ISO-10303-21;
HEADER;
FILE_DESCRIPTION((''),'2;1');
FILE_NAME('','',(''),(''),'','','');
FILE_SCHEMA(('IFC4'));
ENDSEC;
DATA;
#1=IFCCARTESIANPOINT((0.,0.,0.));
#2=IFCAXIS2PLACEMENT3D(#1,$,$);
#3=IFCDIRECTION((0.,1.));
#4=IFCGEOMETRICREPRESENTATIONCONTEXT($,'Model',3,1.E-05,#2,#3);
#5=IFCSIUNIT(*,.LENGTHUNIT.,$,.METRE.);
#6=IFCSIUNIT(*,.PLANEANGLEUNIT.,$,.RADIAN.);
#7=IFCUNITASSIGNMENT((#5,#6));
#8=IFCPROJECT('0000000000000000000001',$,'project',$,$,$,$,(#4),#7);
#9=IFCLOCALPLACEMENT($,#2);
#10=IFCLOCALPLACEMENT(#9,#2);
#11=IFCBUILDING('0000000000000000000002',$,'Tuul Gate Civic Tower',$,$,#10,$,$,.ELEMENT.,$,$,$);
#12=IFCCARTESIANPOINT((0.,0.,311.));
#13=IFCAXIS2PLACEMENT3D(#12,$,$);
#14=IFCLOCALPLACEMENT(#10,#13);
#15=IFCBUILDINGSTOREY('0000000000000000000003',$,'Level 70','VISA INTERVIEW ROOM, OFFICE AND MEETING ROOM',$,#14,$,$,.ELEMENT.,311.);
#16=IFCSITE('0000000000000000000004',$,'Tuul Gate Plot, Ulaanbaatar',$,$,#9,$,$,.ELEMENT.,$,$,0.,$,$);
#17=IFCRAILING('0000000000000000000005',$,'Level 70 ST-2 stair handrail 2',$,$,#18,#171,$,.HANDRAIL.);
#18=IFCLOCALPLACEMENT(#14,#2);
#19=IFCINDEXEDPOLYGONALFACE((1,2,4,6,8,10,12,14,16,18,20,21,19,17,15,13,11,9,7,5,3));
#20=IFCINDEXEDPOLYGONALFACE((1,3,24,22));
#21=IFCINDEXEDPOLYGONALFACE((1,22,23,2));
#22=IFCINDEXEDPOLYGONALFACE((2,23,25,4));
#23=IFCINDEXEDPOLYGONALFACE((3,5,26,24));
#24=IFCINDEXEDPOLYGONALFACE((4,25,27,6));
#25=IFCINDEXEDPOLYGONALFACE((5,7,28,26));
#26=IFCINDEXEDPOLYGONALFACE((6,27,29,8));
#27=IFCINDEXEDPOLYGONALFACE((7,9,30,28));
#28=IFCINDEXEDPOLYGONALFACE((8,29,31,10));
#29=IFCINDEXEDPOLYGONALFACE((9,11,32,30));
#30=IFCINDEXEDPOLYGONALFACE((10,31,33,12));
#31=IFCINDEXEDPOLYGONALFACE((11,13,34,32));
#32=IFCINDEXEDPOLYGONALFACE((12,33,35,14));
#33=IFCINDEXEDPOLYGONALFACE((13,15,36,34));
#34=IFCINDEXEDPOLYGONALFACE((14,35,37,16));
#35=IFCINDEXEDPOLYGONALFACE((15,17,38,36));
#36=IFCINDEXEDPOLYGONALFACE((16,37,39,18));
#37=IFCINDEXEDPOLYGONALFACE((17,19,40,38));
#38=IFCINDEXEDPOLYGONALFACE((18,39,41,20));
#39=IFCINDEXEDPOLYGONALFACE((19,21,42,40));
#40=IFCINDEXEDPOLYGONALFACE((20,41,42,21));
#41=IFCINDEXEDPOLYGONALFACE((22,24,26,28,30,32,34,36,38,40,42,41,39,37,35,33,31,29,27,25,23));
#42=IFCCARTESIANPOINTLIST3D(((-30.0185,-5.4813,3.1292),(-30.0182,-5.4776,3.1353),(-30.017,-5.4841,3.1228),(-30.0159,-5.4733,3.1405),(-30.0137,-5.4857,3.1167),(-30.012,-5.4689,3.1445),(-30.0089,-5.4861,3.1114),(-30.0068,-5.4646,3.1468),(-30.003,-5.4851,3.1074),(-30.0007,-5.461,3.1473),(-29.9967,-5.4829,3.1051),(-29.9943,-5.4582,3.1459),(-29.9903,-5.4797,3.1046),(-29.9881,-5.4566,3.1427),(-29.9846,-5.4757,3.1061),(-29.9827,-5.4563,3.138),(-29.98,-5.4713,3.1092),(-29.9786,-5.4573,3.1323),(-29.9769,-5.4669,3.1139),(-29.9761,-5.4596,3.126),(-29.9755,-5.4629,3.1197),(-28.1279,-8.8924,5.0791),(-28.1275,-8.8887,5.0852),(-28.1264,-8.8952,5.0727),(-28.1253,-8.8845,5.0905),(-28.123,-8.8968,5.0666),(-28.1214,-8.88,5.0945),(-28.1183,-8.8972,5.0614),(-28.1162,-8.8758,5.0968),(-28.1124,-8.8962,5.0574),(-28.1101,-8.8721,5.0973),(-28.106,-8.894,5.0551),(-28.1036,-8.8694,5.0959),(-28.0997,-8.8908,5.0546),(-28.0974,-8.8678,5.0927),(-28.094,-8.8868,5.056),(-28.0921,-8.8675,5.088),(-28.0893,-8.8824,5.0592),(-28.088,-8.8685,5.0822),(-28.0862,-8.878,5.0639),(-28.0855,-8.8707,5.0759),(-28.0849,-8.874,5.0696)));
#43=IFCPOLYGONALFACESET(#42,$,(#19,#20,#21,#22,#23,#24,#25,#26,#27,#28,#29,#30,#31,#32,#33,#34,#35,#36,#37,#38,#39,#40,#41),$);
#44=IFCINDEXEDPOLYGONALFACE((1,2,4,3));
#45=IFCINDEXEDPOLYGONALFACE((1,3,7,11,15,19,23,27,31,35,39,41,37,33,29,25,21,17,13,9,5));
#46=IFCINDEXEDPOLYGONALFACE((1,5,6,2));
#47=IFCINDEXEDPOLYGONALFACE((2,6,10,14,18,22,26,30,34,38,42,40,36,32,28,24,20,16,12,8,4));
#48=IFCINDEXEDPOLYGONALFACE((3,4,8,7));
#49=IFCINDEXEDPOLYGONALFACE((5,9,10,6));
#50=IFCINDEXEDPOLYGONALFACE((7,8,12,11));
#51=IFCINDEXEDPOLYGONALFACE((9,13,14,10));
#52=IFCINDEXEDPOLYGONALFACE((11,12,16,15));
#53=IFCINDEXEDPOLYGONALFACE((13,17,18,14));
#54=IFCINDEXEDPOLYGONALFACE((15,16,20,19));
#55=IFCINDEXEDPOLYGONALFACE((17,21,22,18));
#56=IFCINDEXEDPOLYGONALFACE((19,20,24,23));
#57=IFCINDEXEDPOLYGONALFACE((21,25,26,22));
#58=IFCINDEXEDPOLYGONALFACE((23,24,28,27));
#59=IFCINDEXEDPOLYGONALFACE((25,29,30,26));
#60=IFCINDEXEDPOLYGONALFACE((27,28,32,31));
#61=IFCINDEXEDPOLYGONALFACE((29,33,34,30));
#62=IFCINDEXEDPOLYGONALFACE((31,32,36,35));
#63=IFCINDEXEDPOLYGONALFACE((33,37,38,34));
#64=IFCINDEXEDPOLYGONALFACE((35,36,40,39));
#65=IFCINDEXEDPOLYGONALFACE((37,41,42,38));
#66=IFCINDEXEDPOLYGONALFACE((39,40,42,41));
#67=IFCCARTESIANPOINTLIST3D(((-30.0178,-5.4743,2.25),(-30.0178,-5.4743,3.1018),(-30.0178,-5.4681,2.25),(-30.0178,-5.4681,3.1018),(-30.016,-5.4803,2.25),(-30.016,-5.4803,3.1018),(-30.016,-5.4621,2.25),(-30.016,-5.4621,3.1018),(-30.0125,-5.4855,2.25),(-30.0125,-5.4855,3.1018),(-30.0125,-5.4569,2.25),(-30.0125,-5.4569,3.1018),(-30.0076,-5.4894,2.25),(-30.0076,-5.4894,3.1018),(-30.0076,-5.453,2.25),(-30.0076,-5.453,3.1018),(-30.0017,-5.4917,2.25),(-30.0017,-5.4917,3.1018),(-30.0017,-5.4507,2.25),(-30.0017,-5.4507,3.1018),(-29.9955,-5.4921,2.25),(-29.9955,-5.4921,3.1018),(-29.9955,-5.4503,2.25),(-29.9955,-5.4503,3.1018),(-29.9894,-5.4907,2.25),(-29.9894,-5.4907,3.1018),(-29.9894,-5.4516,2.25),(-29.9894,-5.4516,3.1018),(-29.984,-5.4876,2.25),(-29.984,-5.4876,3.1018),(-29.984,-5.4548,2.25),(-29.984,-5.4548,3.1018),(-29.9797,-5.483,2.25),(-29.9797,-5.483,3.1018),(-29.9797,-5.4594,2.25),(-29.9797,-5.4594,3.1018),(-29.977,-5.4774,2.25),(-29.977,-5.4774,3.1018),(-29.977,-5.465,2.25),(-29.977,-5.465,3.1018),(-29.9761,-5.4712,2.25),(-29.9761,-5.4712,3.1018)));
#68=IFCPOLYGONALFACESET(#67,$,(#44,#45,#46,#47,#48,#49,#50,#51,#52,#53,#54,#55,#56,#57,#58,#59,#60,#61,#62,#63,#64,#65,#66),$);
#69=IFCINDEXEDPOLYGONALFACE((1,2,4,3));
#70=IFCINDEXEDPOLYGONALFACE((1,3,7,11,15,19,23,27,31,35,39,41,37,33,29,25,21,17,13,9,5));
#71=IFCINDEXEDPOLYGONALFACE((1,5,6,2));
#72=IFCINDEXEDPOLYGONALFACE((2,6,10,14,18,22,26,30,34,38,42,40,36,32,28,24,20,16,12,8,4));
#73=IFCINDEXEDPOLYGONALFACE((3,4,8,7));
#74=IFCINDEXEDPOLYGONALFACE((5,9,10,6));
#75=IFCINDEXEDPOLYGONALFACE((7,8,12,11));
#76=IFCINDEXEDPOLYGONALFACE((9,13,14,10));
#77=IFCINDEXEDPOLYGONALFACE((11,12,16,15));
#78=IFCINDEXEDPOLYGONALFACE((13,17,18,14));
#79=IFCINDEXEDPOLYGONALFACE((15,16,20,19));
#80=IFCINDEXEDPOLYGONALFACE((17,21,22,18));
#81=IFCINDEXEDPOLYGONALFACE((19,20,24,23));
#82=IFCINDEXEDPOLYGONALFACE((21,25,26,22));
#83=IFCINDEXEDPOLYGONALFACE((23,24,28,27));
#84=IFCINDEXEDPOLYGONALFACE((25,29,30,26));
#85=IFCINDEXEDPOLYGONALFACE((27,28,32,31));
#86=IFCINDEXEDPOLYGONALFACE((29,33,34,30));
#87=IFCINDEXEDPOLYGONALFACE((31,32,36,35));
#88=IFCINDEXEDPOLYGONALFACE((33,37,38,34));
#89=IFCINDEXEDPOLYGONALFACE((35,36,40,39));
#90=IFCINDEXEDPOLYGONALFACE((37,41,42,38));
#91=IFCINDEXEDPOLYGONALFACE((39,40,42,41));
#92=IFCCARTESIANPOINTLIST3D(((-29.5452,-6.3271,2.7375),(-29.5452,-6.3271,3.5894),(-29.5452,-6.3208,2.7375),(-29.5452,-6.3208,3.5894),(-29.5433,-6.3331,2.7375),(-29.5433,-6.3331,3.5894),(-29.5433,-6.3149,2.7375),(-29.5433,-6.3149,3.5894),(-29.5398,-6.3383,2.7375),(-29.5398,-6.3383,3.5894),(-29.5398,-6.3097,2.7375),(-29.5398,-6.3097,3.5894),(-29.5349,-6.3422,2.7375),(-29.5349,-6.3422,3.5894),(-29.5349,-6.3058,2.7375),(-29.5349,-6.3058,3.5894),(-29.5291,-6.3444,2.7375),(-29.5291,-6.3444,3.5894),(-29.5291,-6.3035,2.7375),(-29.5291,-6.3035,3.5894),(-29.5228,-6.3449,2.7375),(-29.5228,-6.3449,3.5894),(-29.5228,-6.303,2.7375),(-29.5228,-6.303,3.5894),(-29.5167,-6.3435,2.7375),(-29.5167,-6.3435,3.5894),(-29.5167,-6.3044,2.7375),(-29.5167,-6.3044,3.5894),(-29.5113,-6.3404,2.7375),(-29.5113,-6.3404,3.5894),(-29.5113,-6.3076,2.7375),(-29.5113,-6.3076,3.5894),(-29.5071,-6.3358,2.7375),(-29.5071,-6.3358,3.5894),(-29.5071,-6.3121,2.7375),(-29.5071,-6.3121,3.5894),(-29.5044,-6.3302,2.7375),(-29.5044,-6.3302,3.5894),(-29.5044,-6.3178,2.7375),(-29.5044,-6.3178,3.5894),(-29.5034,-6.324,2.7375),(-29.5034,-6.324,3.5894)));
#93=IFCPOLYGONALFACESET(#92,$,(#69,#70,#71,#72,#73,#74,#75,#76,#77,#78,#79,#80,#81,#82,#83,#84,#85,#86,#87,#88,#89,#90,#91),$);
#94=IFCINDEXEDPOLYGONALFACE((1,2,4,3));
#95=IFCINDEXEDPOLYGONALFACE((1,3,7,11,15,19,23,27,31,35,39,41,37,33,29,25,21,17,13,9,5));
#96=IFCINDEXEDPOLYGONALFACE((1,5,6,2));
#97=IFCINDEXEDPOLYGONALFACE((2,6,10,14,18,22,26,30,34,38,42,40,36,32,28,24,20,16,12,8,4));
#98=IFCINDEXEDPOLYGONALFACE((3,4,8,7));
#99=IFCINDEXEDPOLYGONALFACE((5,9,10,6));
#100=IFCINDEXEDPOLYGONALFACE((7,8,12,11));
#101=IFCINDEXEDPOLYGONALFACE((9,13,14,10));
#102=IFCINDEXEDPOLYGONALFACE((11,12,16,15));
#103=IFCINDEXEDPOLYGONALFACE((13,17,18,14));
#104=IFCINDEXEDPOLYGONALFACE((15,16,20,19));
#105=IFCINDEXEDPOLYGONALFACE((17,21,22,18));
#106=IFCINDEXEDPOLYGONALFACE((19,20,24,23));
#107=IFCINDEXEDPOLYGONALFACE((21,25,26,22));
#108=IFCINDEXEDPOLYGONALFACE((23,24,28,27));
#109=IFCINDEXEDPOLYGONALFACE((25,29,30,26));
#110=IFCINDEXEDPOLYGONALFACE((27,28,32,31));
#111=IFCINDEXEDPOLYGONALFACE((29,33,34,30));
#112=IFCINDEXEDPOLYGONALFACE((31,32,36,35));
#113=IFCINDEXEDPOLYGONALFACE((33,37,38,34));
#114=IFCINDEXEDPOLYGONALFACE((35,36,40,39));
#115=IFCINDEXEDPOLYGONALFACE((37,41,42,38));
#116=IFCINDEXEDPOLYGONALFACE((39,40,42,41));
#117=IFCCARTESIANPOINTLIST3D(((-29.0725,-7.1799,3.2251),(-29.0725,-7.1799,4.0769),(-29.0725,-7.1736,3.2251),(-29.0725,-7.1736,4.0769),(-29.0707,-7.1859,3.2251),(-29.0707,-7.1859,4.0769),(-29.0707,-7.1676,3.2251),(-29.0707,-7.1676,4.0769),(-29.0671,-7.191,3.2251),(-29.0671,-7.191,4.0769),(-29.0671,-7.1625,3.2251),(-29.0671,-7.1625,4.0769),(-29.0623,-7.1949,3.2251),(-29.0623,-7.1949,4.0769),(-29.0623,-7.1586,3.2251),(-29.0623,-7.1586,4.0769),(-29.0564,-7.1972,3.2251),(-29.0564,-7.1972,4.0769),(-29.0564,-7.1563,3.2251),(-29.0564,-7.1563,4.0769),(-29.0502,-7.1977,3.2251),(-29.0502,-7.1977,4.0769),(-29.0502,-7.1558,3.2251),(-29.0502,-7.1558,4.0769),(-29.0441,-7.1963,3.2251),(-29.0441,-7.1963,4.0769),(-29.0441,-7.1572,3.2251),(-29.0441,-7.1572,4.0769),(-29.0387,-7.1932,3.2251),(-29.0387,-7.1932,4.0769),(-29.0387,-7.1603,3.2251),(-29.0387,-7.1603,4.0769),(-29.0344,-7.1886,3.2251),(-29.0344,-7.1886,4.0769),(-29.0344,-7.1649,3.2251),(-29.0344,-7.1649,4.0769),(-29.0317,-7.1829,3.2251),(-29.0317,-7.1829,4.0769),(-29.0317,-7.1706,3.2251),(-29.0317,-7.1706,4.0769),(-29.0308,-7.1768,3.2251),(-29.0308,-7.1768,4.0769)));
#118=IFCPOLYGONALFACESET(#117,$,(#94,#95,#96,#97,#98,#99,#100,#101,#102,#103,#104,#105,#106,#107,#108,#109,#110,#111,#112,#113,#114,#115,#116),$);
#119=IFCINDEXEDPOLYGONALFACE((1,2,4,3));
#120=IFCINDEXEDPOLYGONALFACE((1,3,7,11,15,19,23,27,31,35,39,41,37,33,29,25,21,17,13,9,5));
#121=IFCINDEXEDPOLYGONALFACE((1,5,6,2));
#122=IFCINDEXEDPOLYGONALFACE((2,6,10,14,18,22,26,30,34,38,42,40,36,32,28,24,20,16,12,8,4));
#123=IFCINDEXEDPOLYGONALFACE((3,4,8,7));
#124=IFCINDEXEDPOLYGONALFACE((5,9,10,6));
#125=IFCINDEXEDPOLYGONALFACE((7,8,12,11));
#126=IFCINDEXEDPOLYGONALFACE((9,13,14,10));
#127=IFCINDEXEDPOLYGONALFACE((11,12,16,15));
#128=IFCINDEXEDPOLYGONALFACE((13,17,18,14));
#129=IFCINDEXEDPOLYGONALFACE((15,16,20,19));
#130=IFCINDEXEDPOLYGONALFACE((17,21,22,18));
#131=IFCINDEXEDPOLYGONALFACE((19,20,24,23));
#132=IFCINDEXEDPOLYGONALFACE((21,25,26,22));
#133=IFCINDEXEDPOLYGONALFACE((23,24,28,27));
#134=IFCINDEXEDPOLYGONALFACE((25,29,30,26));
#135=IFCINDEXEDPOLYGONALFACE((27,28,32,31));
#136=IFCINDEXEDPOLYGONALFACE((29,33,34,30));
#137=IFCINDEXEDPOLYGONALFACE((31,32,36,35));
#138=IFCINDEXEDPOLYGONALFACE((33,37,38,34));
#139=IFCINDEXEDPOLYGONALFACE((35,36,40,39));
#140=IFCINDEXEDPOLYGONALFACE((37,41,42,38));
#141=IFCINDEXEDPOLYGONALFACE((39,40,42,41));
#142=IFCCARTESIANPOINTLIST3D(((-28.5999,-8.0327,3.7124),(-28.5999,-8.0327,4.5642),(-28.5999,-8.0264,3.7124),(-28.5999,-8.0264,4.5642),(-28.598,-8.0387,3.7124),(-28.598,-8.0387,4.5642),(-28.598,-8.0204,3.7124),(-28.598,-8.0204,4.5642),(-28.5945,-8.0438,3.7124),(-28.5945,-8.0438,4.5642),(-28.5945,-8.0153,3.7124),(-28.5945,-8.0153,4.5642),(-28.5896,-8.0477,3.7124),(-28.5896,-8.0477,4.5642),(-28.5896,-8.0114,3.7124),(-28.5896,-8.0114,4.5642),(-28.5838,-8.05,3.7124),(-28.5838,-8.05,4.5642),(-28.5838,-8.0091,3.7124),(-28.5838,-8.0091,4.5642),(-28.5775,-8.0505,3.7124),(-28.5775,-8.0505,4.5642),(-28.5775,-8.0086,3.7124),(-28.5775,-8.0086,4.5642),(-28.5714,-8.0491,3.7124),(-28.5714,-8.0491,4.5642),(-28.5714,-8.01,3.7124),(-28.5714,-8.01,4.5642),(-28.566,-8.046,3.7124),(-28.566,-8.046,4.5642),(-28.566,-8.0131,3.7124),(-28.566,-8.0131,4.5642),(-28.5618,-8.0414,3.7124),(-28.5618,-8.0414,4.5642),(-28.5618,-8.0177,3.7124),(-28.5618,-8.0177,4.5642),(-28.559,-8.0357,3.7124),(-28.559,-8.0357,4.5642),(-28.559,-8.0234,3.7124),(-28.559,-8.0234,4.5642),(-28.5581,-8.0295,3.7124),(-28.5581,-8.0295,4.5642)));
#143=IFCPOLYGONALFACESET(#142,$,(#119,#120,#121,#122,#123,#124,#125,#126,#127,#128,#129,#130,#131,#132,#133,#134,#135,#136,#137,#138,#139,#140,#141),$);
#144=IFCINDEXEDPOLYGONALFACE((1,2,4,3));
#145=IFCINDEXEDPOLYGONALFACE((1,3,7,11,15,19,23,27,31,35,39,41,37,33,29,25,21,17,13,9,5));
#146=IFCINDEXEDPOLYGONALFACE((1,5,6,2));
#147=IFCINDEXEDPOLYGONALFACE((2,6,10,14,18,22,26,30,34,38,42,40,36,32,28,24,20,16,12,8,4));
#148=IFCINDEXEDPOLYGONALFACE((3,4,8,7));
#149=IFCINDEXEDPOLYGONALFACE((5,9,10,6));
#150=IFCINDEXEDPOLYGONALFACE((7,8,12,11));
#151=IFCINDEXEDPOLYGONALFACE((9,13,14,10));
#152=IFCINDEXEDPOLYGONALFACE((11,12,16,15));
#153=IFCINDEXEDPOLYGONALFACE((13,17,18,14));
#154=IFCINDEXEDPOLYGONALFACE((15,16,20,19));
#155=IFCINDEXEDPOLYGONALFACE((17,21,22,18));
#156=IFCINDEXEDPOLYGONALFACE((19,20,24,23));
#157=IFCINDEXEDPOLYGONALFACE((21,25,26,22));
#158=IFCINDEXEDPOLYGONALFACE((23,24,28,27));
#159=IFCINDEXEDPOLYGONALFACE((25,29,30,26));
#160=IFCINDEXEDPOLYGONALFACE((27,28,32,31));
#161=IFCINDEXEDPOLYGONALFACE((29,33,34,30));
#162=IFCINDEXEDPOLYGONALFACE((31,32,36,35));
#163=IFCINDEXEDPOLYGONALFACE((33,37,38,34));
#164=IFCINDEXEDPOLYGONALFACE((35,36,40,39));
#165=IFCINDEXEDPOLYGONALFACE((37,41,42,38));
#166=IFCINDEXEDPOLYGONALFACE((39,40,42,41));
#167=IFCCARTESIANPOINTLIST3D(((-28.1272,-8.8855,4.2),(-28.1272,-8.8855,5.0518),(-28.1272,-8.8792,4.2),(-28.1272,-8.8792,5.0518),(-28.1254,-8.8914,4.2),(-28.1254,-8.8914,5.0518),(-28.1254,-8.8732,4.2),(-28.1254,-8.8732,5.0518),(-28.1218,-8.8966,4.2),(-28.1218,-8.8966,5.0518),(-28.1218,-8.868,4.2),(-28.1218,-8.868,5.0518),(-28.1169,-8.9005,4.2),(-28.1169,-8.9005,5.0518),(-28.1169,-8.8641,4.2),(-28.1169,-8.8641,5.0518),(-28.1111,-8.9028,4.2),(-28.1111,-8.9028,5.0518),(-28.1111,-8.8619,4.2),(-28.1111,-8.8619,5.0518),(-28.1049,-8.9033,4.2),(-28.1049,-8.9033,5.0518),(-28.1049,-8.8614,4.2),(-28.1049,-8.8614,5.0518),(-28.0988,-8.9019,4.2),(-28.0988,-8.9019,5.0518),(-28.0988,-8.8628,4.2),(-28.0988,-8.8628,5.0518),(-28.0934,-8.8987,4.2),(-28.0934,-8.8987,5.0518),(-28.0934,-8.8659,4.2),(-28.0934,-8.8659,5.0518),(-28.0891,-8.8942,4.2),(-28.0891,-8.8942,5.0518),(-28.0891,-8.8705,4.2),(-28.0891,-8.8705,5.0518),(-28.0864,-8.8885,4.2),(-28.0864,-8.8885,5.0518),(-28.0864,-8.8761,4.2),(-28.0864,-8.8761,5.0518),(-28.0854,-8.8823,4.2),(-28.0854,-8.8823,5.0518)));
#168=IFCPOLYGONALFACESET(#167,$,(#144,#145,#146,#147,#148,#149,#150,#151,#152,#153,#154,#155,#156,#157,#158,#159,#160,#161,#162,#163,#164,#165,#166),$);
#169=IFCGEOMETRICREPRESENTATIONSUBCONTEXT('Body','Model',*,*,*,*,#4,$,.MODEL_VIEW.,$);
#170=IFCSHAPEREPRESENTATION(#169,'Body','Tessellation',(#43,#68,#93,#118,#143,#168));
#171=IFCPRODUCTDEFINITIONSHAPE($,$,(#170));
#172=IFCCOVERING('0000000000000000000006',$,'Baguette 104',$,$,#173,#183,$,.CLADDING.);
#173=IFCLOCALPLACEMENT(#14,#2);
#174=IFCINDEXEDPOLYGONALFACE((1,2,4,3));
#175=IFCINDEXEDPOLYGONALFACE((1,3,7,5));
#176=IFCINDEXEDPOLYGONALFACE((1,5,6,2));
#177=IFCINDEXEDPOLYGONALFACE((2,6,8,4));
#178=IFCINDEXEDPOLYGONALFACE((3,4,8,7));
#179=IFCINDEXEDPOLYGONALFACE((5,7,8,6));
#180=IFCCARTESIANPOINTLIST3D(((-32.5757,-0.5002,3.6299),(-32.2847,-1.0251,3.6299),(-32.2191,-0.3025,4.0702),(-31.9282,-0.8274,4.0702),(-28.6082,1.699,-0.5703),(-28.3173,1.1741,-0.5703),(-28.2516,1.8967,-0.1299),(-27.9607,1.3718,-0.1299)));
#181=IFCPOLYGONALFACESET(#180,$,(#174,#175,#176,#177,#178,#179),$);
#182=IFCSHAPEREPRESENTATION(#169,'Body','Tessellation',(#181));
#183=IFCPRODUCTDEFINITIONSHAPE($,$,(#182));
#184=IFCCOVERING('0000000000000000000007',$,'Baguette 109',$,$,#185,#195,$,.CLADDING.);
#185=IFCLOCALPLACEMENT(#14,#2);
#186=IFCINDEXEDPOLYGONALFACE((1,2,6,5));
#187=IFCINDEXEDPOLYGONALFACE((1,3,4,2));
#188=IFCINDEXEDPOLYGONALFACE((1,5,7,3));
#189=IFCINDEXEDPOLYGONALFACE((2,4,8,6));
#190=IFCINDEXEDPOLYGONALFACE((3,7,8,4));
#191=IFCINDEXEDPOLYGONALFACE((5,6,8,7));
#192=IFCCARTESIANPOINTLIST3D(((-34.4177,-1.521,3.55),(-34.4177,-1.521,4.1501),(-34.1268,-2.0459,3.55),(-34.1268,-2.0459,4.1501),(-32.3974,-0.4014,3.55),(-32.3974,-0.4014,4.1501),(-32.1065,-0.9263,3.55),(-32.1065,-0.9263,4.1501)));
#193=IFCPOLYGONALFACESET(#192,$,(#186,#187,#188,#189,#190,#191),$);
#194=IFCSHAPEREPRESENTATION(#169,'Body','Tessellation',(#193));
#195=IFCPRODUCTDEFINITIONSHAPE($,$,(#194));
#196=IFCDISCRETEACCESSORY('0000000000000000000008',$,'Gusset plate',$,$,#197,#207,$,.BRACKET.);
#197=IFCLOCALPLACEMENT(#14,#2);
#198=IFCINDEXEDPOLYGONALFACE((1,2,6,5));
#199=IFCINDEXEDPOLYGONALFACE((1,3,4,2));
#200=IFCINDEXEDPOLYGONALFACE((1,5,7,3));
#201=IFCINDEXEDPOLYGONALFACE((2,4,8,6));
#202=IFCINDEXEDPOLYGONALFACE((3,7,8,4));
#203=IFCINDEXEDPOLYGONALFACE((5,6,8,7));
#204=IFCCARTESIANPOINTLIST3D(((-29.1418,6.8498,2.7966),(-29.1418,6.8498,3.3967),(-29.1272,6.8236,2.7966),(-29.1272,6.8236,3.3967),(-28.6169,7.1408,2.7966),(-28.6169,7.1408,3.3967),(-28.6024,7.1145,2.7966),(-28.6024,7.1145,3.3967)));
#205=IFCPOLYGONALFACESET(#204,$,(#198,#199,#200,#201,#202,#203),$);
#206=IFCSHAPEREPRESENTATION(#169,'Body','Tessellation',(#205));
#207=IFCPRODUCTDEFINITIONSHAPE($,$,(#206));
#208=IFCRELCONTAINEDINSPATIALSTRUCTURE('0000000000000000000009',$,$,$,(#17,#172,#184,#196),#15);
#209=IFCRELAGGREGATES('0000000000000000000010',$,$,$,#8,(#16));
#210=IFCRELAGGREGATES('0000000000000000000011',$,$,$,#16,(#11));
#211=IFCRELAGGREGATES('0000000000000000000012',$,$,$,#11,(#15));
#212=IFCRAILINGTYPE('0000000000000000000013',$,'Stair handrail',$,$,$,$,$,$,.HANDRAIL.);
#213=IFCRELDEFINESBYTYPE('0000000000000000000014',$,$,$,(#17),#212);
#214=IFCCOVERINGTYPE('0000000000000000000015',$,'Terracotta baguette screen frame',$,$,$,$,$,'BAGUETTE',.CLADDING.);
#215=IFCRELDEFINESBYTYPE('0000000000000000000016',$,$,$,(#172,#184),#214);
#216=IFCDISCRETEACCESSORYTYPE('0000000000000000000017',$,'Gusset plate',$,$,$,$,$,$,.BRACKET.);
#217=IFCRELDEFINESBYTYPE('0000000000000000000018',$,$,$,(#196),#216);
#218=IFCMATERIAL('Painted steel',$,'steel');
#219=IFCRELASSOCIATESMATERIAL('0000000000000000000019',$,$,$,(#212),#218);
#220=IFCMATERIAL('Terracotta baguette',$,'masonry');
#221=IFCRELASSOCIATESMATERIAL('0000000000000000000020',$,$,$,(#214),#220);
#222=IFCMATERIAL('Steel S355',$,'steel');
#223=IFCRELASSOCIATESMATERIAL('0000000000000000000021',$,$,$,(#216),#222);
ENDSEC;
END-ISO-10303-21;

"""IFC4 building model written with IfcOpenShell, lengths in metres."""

from ifc_helpers import new_model, si_unit, direction, frame, origin, origin_2d, place, context, subcontext, project, spatial, rectangle, circle, extrude, material, material_profile, profile_set, type_object, element, save


model = new_model("IFC4")

# Units and contexts
model_context = context("Model", 3, precision=1e-05, world=origin(), true_north=direction((0.0, 1.0)))
body_context = subcontext(model_context, "Body", "Model", "MODEL_VIEW")
ifc_project = project(units=[si_unit("LENGTHUNIT", "METRE"), si_unit("PLANEANGLEUNIT", "RADIAN")], contexts=[model_context])

# Site, building, storey
site_placement = place(None, origin())
site = spatial("IfcSite", under=ifc_project, at=site_placement, Name="Tuul Gate Plot, Ulaanbaatar", CompositionType="ELEMENT", RefElevation=0.0)
building_placement = place(site_placement, origin())
building = spatial("IfcBuilding", under=site, at=building_placement, Name="Tuul Gate Civic Tower", CompositionType="ELEMENT")
storey_placement = place(building_placement, frame((0.0, 0.0, 311.0)))
storey = spatial("IfcBuildingStorey", under=building, at=storey_placement, Name="Level 70", Description="VISA INTERVIEW ROOM, OFFICE AND MEETING ROOM", CompositionType="ELEMENT", Elevation=311.0)

# Railing
ifc_material_1 = material(Name="Painted steel", Category="steel")
railing_type = type_object("IfcRailingType", Name="Stair handrail", PredefinedType="HANDRAIL", material=ifc_material_1)
railing_placement = place(storey_placement, frame((-29.9971, -5.4712, 2.25)))
element("IfcRailing", 1, at=railing_placement, inside=storey, type_object=railing_type, Name="Level 70 ST-2 stair handrail 2", PredefinedType="HANDRAIL", context=body_context, shape_type="SweptSolid", body=[
    extrude(circle(Radius=0.0239, at=origin_2d()), frame((0.0, 0.0, 0.876), z_axis=(0.433595, -0.782308, 0.447201), x_axis=(0.874641, 0.484771, 0.0)), (0.0, 0.0, 1.0), 4.3604),
    extrude(circle(Radius=0.021, at=origin_2d()), origin(), (0.0, 0.0, 1.0), 0.8518),
    extrude(circle(Radius=0.021, at=origin_2d()), frame((0.4727, -0.8528, 0.4875)), (0.0, 0.0, 1.0), 0.8518),
    extrude(circle(Radius=0.021, at=origin_2d()), frame((0.9453, -1.7056, 0.9751)), (0.0, 0.0, 1.0), 0.8518),
    extrude(circle(Radius=0.021, at=origin_2d()), frame((1.418, -2.5583, 1.4624)), (0.0, 0.0, 1.0), 0.8518),
    extrude(circle(Radius=0.021, at=origin_2d()), frame((1.8906, -3.4111, 1.95)), (0.0, 0.0, 1.0), 0.8518),
])

# Coverings
ifc_material_2 = material(Name="Terracotta baguette", Category="masonry")
ifc_material_profile_1 = material_profile(ifc_material_2, rectangle(XDim=0.6001, YDim=0.6001, at=origin_2d()), Name="Terracotta baguette screen frame")
ifc_profile_set_1 = profile_set([ifc_material_profile_1], Name="Terracotta baguette")
covering_type = type_object("IfcCoveringType", Name="Terracotta baguette screen frame", ElementType="BAGUETTE", PredefinedType="CLADDING", material=ifc_profile_set_1)
covering_1_placement = place(storey_placement, frame((-28.2844, 1.5354, -0.3501), z_axis=(-0.641767, -0.355734, 0.679402), x_axis=(0.484806, -0.874621, 0.0)))
element("IfcCovering", 2, at=covering_1_placement, inside=storey, type_object=covering_type, Name="Baguette 104", PredefinedType="CLADDING", context=body_context, shape_type="SweptSolid", body=[
    extrude(rectangle(XDim=0.6001, YDim=0.6001, at=origin_2d()), origin(), (0.0, 0.0, 1.0), 6.1821),
])
covering_2_placement = place(storey_placement, frame((-32.252, -0.6638, 3.8501), z_axis=(-0.87466, -0.484736, 0.0), x_axis=(0.484736, -0.87466, 0.0)))
element("IfcCovering", 3, at=covering_2_placement, inside=storey, type_object=covering_type, Name="Baguette 109", PredefinedType="CLADDING", context=body_context, shape_type="SweptSolid", body=[
    extrude(rectangle(XDim=0.6001, YDim=0.6001, at=origin_2d()), origin(), (0.0, 0.0, 1.0), 2.3098),
])

# Discrete accessory
ifc_material_3 = material(Name="Steel S355", Category="steel")
discrete_accessory_type_1 = type_object("IfcDiscreteAccessoryType", Name="Gusset plate", PredefinedType="BRACKET", material=ifc_material_3)
discrete_accessory_1_placement = place(storey_placement, frame((-28.8721, 6.9822, 2.7966), z_axis=(0.0, 0.0, 1.0), x_axis=(-0.874585, -0.484871, 0.0)))
element("IfcDiscreteAccessory", 4, at=discrete_accessory_1_placement, inside=storey, type_object=discrete_accessory_type_1, Name="Gusset plate", PredefinedType="BRACKET", context=body_context, shape_type="SweptSolid", body=[
    extrude(rectangle(XDim=0.6001, YDim=0.03, at=origin_2d()), origin(), (0.0, 0.0, 1.0), 0.6001),
])

save(model, "model.ifc")
